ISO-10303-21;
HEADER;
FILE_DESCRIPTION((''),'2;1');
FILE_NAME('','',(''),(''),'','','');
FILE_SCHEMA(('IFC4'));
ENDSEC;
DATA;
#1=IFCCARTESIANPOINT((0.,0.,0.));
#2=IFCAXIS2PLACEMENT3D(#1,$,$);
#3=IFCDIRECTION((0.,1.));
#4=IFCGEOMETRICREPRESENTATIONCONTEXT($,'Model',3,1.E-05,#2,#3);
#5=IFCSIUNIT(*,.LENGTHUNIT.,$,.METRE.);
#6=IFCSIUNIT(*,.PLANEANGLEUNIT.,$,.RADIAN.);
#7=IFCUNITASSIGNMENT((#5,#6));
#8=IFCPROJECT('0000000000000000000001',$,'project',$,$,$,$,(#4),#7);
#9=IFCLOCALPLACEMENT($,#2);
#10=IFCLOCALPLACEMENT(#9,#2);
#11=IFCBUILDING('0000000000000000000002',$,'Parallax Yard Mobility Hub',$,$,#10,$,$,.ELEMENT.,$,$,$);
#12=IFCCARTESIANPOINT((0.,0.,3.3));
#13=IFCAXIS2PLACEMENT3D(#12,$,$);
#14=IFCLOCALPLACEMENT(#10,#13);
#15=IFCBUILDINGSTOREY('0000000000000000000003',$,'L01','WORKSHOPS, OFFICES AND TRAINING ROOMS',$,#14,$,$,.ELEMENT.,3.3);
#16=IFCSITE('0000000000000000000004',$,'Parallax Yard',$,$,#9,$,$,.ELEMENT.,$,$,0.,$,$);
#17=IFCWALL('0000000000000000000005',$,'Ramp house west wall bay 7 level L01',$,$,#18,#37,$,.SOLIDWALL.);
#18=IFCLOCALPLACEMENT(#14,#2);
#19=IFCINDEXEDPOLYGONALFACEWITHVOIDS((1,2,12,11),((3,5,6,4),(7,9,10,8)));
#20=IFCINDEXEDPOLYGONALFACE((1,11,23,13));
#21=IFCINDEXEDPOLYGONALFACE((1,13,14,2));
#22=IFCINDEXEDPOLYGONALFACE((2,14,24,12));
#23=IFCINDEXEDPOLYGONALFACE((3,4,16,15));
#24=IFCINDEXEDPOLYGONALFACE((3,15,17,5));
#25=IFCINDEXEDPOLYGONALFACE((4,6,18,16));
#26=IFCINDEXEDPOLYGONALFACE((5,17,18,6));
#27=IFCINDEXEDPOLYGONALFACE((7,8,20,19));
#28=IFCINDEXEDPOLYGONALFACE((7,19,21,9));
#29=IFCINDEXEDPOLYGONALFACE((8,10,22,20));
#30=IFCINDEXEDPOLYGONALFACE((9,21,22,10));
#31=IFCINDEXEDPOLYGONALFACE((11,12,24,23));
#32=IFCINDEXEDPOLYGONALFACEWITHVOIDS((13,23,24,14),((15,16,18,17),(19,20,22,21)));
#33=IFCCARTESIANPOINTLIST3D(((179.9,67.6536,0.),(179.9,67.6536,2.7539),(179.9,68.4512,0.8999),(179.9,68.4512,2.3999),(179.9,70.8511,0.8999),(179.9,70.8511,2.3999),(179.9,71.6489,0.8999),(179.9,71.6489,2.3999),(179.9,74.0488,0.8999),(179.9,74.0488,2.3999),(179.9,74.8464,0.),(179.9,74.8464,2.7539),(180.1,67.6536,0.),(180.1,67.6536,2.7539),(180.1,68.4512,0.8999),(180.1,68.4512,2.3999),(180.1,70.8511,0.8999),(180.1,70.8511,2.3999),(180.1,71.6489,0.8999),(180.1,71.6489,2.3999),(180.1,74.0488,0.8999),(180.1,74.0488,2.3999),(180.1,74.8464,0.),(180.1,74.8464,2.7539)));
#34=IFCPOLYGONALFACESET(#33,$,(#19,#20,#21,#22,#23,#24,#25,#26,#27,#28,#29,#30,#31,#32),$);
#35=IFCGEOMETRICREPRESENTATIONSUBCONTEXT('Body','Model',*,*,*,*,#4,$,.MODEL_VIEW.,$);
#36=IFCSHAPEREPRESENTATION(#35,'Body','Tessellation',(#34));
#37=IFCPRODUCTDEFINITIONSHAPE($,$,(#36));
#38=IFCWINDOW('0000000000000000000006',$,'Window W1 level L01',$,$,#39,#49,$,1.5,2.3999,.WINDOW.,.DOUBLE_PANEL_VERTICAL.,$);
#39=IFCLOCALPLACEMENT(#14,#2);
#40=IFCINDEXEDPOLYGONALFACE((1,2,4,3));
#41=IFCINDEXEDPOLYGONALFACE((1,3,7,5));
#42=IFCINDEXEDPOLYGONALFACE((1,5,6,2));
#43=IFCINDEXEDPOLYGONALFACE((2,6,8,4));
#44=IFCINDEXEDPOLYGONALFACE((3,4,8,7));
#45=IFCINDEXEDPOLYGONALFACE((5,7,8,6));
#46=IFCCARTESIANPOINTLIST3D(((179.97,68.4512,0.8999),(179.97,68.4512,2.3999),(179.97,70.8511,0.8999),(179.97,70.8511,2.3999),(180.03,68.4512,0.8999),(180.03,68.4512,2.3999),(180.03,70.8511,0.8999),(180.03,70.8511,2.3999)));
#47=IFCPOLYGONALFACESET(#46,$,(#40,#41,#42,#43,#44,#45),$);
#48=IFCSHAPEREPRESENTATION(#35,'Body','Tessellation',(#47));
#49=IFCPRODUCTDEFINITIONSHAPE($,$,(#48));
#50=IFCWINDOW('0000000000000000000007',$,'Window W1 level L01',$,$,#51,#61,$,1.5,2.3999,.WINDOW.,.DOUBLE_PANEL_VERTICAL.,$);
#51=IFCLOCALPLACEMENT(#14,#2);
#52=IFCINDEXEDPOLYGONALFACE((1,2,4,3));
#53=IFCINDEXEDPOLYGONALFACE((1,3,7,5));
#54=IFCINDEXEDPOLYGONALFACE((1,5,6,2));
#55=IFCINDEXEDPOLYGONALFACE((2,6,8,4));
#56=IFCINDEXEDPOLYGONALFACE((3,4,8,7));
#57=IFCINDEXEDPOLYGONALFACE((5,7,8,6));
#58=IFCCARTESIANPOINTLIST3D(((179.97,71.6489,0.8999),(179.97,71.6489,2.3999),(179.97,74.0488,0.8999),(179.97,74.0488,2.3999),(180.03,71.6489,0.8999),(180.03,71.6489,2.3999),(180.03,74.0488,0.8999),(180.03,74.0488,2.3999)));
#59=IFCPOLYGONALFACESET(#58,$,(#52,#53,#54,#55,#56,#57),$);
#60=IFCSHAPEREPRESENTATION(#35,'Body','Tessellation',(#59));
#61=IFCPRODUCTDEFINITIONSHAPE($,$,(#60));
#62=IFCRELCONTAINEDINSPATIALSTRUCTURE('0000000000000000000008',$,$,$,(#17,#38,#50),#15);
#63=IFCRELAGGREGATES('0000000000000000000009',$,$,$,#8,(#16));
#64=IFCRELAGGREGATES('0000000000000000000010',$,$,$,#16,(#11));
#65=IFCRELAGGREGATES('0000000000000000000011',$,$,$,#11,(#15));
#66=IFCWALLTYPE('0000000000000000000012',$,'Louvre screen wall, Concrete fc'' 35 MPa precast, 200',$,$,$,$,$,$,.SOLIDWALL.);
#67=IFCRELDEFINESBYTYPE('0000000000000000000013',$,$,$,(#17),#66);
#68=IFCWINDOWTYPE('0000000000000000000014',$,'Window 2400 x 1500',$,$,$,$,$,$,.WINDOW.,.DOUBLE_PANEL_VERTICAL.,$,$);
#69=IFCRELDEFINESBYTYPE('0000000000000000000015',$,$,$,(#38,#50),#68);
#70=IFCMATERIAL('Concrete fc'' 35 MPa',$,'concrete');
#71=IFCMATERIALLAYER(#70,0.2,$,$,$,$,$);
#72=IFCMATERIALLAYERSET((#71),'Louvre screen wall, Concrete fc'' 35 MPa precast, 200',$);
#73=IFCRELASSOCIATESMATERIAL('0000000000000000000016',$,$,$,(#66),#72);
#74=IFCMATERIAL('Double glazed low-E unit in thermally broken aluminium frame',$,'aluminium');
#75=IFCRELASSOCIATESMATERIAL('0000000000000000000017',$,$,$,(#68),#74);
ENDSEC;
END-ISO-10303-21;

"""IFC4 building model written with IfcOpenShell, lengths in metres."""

from ifc_helpers import new_model, si_unit, direction, frame, frame_2d, origin, place, context, subcontext, project, spatial, rectangle, extrude, material, layer, layer_set, type_object, element, fill, save


model = new_model("IFC4")

# Units and contexts
model_context = context("Model", 3, precision=1e-05, world=origin(), true_north=direction((0.0, 1.0)))
body_context = subcontext(model_context, "Body", "Model", "MODEL_VIEW")
ifc_project = project(units=[si_unit("LENGTHUNIT", "METRE"), si_unit("PLANEANGLEUNIT", "RADIAN")], contexts=[model_context])

# Site, building, storey
site_placement = place(None, origin())
site = spatial("IfcSite", under=ifc_project, at=site_placement, Name="Parallax Yard", CompositionType="ELEMENT", RefElevation=0.0)
building_placement = place(site_placement, origin())
building = spatial("IfcBuilding", under=site, at=building_placement, Name="Parallax Yard Mobility Hub", CompositionType="ELEMENT")
storey_placement = place(building_placement, frame((0.0, 0.0, 3.3)))
storey = spatial("IfcBuildingStorey", under=building, at=storey_placement, Name="L01", Description="WORKSHOPS, OFFICES AND TRAINING ROOMS", CompositionType="ELEMENT", Elevation=3.3)

# Wall, openings, windows
ifc_material_1 = material(Name="Concrete fc' 35 MPa", Category="concrete")
ifc_layer = layer(ifc_material_1, 0.2)
ifc_layer_set = layer_set([ifc_layer], Name="Louvre screen wall, Concrete fc' 35 MPa precast, 200")
wall_type = type_object("IfcWallType", Name="Louvre screen wall, Concrete fc' 35 MPa precast, 200", PredefinedType="SOLIDWALL", material=ifc_layer_set)
ifc_material_2 = material(Name="Double glazed low-E unit in thermally broken aluminium frame", Category="aluminium")
window_type = type_object("IfcWindowType", Name="Window 2400 x 1500", PartitioningType="DOUBLE_PANEL_VERTICAL", PredefinedType="WINDOW", material=ifc_material_2)
wall_1_placement = place(storey_placement, frame((180.0, 67.6536, 0.0), z_axis=(0.0, 0.0, 1.0), x_axis=(0.0, 1.0, 0.0)))
wall_1 = element("IfcWall", 1, at=wall_1_placement, inside=storey, type_object=wall_type, Name="Ramp house west wall bay 7 level L01", PredefinedType="SOLIDWALL", context=body_context, shape_type="SweptSolid", body=[
    extrude(rectangle(XDim=7.1929, YDim=0.2, at=frame_2d((3.5964, 0.0))), origin(), (0.0, 0.0, 1.0), 2.7539),
])
opening_1_placement = place(wall_1_placement, frame((0.7976, 0.0, 0.8999)))
opening_1 = element("IfcOpeningElement", 2, at=opening_1_placement, cuts=wall_1, PredefinedType="OPENING", context=body_context, shape_type="SweptSolid", body=[
    extrude(rectangle(XDim=2.3999, YDim=1.5, at=frame_2d((1.2, 0.75))), frame((0.0, 0.1099, 0.0), z_axis=(0.0, -1.0, 0.0), x_axis=(1.0, 0.0, 0.0)), (0.0, 0.0, 1.0), 0.22),
])
opening_2_placement = place(wall_1_placement, frame((3.9954, 0.0, 0.8999)))
opening_2 = element("IfcOpeningElement", 3, at=opening_2_placement, cuts=wall_1, PredefinedType="OPENING", context=body_context, shape_type="SweptSolid", body=[
    extrude(rectangle(XDim=2.3999, YDim=1.5, at=frame_2d((1.2, 0.75))), frame((0.0, 0.1099, 0.0), z_axis=(0.0, -1.0, 0.0), x_axis=(1.0, 0.0, 0.0)), (0.0, 0.0, 1.0), 0.22),
])
window_1_placement = place(opening_1_placement, origin())
window_1 = element("IfcWindow", 4, at=window_1_placement, inside=storey, type_object=window_type, Name="Window W1 level L01", OverallHeight=1.5, OverallWidth=2.3999, PartitioningType="DOUBLE_PANEL_VERTICAL", PredefinedType="WINDOW", context=body_context, shape_type="SweptSolid", body=[
    extrude(rectangle(XDim=2.3999, YDim=1.5, at=frame_2d((1.2, 0.75))), frame((0.0, 0.03, 0.0), z_axis=(0.0, -1.0, 0.0), x_axis=(1.0, 0.0, 0.0)), (0.0, 0.0, 1.0), 0.0601),
])
fill(opening_1, window_1)
window_2_placement = place(opening_2_placement, origin())
window_2 = element("IfcWindow", 5, at=window_2_placement, inside=storey, type_object=window_type, Name="Window W1 level L01", OverallHeight=1.5, OverallWidth=2.3999, PartitioningType="DOUBLE_PANEL_VERTICAL", PredefinedType="WINDOW", context=body_context, shape_type="SweptSolid", body=[
    extrude(rectangle(XDim=2.3999, YDim=1.5, at=frame_2d((1.2, 0.75))), frame((0.0, 0.03, 0.0), z_axis=(0.0, -1.0, 0.0), x_axis=(1.0, 0.0, 0.0)), (0.0, 0.0, 1.0), 0.0601),
])
fill(opening_2, window_2)

save(model, "model.ifc")
